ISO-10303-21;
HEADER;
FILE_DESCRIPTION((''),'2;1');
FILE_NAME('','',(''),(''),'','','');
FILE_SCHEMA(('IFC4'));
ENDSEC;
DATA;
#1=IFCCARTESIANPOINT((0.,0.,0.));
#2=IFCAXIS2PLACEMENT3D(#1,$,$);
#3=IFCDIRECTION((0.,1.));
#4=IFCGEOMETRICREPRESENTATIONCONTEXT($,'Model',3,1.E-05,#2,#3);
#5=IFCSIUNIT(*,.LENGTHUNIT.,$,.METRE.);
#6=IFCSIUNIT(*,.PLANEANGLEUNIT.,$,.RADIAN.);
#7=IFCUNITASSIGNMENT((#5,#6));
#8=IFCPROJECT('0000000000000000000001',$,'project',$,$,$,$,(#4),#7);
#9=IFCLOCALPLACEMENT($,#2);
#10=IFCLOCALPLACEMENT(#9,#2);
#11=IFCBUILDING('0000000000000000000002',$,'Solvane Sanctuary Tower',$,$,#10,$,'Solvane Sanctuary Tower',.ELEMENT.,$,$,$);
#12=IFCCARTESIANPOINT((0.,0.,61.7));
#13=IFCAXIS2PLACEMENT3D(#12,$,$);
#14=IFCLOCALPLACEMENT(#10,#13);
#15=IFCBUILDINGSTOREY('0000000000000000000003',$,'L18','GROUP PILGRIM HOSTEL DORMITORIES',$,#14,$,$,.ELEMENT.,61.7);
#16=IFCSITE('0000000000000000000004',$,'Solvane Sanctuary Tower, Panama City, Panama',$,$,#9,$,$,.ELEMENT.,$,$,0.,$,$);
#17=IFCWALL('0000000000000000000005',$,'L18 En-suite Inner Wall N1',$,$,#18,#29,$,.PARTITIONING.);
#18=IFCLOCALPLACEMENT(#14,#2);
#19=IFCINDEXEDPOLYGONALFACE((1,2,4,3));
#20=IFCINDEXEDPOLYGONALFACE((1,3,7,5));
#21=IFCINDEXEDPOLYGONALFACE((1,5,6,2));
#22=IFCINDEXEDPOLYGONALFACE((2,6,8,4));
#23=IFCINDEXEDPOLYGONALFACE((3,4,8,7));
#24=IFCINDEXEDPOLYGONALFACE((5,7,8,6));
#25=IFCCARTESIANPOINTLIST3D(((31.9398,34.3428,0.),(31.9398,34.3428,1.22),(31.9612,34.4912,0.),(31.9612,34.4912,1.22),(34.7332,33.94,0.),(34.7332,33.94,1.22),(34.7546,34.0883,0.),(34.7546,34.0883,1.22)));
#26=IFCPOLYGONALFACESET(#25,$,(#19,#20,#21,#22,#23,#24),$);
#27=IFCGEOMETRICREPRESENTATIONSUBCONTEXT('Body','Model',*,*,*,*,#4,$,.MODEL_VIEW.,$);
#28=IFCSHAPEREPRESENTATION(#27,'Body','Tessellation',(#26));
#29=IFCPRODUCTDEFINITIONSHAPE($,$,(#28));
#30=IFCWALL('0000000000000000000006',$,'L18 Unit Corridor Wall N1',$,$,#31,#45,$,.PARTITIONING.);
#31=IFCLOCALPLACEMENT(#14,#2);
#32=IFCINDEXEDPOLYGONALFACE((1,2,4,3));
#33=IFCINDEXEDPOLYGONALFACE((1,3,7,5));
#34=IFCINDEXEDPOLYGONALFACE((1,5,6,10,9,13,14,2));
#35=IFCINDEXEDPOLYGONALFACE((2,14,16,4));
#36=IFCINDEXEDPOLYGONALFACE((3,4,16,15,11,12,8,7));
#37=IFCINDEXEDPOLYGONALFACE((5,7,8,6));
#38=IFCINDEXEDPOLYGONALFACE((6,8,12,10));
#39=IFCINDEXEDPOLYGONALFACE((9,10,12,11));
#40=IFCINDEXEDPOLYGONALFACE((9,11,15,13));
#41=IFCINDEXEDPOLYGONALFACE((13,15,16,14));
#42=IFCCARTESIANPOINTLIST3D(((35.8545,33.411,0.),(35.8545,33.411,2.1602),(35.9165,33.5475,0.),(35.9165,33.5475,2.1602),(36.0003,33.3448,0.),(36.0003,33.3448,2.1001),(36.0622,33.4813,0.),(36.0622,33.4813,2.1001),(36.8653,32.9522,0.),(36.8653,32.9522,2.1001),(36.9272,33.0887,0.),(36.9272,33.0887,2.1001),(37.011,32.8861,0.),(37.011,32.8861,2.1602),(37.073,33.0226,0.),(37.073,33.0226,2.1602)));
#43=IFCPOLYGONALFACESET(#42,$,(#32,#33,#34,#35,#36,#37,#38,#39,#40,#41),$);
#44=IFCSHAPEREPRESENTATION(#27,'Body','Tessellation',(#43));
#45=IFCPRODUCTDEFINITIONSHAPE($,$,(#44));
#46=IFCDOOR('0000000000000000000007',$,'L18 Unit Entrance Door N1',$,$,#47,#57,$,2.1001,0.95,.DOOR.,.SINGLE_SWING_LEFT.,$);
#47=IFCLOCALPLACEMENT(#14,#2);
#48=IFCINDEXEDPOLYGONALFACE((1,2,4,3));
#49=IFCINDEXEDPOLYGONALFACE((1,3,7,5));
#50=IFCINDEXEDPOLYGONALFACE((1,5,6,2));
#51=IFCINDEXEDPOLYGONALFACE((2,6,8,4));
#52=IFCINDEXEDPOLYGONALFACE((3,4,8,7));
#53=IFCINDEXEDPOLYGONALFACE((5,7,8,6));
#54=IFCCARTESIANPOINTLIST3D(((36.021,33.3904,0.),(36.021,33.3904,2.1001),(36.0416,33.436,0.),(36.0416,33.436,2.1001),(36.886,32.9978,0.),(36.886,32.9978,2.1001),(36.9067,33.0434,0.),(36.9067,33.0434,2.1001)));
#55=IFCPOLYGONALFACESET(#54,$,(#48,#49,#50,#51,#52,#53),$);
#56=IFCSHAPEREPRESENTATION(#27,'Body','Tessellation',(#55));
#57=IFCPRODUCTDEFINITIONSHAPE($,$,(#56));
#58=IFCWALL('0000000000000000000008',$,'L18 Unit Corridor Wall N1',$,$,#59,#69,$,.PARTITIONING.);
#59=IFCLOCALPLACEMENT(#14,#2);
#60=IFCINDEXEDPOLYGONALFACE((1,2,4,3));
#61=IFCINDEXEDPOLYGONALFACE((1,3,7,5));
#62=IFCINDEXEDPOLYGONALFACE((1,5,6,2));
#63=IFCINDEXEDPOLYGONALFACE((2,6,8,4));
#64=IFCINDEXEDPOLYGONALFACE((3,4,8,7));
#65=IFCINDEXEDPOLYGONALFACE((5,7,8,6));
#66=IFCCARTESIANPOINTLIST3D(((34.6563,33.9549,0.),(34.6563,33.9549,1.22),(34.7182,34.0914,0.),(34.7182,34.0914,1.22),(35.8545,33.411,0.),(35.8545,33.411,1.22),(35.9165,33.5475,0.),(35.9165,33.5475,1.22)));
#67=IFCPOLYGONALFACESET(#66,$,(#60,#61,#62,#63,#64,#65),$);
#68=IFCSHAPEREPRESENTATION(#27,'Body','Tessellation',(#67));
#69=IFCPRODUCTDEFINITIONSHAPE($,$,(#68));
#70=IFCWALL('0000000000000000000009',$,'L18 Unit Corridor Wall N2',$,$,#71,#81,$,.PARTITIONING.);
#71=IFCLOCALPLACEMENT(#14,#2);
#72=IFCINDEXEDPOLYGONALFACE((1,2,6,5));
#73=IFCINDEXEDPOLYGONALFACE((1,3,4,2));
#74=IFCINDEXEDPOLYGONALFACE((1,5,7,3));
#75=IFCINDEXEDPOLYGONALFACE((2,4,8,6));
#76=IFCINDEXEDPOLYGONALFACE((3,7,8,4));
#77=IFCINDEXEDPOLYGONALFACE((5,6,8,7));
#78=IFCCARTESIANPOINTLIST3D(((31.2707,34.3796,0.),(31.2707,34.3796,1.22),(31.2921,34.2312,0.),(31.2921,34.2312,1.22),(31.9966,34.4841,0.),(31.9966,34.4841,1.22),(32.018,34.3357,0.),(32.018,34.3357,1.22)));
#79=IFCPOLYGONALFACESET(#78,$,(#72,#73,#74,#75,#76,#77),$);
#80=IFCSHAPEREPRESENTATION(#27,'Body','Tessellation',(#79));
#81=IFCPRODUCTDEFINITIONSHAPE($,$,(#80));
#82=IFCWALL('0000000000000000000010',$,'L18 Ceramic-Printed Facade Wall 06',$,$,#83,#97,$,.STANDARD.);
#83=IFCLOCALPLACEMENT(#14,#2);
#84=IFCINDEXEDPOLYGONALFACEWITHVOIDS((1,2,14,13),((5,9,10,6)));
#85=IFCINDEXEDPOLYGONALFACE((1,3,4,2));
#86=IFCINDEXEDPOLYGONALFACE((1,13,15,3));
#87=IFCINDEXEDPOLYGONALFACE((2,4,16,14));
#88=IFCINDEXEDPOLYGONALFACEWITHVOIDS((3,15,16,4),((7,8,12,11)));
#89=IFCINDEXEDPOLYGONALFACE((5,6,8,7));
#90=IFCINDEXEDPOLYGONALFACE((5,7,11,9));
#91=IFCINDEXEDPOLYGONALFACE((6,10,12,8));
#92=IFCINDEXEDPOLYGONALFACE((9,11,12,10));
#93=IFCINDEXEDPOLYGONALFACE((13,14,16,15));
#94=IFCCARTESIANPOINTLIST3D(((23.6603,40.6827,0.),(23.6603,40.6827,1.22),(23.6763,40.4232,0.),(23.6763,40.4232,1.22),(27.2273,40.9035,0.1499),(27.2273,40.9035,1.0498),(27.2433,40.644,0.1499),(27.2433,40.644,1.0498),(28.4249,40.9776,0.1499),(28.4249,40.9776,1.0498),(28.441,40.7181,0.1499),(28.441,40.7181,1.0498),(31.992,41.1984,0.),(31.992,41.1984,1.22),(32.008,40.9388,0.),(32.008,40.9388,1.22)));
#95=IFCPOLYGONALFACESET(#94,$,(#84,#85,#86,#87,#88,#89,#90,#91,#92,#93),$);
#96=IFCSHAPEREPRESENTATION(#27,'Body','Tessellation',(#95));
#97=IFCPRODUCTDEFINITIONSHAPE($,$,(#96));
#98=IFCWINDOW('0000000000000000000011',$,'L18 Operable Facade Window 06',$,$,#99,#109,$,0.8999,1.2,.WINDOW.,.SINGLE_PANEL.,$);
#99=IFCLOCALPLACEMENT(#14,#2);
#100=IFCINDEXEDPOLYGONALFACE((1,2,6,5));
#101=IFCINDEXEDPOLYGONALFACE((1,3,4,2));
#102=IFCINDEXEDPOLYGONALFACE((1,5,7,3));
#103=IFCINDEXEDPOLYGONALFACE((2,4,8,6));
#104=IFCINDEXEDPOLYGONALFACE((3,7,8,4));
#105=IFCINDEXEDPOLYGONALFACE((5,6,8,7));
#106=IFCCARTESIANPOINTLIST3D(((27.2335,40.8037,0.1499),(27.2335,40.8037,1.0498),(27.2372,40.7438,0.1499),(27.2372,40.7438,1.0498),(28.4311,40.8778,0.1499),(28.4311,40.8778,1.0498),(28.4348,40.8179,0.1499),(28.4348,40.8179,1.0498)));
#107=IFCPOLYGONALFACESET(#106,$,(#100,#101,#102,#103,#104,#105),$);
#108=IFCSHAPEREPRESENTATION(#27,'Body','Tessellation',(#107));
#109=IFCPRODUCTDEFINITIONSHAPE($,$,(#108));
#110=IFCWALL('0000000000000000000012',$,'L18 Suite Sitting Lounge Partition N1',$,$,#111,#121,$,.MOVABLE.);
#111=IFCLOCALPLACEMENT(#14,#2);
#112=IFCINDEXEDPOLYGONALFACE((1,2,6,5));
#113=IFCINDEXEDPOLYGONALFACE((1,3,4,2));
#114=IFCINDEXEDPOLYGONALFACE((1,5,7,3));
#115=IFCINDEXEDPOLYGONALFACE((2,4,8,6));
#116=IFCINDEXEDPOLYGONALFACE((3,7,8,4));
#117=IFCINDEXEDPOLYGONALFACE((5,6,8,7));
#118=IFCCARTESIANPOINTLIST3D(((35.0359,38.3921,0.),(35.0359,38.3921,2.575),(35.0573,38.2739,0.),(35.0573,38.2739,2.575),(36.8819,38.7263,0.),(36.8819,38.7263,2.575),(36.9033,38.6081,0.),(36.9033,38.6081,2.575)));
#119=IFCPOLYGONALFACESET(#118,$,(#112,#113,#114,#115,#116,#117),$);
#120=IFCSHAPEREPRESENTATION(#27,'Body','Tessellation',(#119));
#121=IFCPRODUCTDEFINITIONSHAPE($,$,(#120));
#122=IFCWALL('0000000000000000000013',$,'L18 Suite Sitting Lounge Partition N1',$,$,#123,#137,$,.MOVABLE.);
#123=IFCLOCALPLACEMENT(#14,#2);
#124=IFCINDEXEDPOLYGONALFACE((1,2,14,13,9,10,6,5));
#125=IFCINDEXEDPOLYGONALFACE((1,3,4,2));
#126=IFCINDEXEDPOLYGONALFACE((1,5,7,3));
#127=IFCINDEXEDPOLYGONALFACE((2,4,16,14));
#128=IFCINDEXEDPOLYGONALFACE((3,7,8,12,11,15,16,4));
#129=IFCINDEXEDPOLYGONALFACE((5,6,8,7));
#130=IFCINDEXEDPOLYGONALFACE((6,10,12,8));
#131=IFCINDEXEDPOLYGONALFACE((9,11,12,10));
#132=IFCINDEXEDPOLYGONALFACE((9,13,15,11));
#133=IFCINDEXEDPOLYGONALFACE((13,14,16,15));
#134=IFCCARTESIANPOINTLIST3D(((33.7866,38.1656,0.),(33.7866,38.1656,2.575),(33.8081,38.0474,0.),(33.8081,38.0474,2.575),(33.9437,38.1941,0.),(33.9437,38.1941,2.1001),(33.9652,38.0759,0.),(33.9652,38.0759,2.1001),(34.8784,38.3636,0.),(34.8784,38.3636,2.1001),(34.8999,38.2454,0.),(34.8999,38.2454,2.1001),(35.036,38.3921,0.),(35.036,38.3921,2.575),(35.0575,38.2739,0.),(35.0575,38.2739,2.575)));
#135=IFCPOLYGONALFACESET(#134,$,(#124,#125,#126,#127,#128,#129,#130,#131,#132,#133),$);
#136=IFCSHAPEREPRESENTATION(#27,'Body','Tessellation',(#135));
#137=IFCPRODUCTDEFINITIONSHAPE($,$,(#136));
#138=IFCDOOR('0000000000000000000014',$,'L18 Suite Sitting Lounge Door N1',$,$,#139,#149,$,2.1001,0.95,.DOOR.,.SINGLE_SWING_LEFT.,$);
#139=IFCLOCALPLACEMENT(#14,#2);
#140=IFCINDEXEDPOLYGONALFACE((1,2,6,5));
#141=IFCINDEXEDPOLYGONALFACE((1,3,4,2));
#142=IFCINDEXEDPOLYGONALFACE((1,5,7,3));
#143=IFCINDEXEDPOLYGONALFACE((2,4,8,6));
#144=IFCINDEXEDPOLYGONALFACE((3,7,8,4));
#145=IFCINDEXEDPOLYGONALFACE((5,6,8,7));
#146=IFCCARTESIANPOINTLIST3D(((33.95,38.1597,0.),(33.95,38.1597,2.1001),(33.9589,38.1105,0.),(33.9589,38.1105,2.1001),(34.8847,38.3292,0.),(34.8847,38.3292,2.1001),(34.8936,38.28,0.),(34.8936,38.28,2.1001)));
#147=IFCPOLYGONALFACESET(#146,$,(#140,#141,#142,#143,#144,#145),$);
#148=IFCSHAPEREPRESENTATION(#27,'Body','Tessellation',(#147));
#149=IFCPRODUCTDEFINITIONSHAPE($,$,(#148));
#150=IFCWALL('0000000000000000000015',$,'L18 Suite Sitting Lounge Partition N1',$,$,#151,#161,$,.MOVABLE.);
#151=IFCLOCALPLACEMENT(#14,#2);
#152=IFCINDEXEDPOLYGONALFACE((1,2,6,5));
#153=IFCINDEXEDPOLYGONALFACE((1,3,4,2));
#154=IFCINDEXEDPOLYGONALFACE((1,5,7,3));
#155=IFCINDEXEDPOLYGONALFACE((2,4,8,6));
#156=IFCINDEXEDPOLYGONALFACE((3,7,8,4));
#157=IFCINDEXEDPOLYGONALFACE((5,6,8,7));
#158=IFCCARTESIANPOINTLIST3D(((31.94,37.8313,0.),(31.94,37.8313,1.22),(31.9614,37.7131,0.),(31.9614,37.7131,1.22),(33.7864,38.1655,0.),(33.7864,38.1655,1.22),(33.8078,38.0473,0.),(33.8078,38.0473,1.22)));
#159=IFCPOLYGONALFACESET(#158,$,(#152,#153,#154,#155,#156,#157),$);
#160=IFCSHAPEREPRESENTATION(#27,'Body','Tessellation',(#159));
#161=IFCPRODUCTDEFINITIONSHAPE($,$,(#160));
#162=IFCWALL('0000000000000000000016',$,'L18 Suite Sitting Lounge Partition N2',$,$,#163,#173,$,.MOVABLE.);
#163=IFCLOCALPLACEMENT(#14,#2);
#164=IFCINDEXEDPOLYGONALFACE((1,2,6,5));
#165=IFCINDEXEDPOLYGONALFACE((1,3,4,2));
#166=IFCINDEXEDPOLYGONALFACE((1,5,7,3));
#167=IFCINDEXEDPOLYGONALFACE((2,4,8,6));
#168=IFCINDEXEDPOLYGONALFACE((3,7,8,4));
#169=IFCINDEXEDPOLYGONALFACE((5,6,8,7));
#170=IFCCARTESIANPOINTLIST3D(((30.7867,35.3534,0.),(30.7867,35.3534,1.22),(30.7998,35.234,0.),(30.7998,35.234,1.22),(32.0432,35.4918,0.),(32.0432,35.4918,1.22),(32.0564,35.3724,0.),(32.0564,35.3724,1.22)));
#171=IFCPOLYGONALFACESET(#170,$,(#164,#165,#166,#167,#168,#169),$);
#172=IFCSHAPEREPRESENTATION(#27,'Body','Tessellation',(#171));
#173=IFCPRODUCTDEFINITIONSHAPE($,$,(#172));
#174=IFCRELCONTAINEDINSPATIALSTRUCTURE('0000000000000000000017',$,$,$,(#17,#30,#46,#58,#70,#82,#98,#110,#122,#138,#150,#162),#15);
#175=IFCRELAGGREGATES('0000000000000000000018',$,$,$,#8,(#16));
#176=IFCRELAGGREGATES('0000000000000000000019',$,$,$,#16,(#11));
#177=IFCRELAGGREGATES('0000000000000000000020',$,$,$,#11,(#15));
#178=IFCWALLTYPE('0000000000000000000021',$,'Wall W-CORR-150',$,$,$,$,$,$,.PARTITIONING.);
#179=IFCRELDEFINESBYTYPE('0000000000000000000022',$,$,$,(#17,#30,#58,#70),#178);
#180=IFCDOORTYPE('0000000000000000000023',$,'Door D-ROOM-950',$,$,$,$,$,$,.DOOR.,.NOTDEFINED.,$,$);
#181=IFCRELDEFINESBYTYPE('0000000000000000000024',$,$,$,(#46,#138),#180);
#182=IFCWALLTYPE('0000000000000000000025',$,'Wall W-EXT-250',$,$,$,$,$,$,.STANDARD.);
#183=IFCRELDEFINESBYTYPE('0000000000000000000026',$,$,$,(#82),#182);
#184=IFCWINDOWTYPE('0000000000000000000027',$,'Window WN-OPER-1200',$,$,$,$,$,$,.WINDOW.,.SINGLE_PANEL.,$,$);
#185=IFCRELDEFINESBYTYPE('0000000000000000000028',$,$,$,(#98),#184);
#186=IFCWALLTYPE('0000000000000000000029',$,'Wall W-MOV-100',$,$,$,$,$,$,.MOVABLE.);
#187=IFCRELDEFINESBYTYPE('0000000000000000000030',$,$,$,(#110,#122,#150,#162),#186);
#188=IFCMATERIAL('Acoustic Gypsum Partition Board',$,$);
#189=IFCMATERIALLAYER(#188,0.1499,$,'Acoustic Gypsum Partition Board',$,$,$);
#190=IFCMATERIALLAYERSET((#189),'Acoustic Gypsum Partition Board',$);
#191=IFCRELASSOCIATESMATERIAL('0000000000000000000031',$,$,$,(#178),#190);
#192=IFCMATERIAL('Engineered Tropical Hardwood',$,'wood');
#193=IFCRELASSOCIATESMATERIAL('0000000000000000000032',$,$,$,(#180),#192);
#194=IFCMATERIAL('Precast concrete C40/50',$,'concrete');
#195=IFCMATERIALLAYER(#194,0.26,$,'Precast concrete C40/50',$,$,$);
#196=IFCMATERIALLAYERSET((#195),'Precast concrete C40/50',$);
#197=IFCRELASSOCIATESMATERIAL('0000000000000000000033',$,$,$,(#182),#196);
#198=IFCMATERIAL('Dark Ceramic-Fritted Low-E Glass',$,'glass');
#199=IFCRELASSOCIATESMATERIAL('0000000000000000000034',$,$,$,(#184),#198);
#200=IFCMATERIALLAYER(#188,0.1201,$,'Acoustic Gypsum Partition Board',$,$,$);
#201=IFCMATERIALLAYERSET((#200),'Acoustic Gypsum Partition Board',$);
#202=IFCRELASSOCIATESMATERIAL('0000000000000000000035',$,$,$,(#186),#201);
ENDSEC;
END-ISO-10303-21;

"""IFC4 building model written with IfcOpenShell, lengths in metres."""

from ifc_helpers import new_model, si_unit, direction, frame, frame_2d, origin, place, context, subcontext, project, spatial, rectangle, extrude, material, layer, layer_set, type_object, element, fill, save


model = new_model("IFC4")

# Units and contexts
model_context = context("Model", 3, precision=1e-05, world=origin(), true_north=direction((0.0, 1.0)))
body_context = subcontext(model_context, "Body", "Model", "MODEL_VIEW")
ifc_project = project(units=[si_unit("LENGTHUNIT", "METRE"), si_unit("PLANEANGLEUNIT", "RADIAN")], contexts=[model_context])

# Site, building, storey
site_placement = place(None, origin())
site = spatial("IfcSite", under=ifc_project, at=site_placement, Name="Solvane Sanctuary Tower, Panama City, Panama", CompositionType="ELEMENT", RefElevation=0.0)
building_placement = place(site_placement, origin())
building = spatial("IfcBuilding", under=site, at=building_placement, Name="Solvane Sanctuary Tower", LongName="Solvane Sanctuary Tower", CompositionType="ELEMENT")
storey_placement = place(building_placement, frame((0.0, 0.0, 61.7)))
storey = spatial("IfcBuildingStorey", under=building, at=storey_placement, Name="L18", Description="GROUP PILGRIM HOSTEL DORMITORIES", CompositionType="ELEMENT", Elevation=61.7)

# Wall
ifc_material_1 = material(Name="Acoustic Gypsum Partition Board")
ifc_layer_1 = layer(ifc_material_1, 0.1499, Name="Acoustic Gypsum Partition Board")
ifc_layer_set_1 = layer_set([ifc_layer_1], Name="Acoustic Gypsum Partition Board")
wall_type_1 = type_object("IfcWallType", Name="Wall W-CORR-150", PredefinedType="PARTITIONING", material=ifc_layer_set_1)
wall_1_placement = place(storey_placement, frame((34.7439, 34.0142, 0.0), z_axis=(0.0, 0.0, 1.0), x_axis=(-0.989762, 0.142729, 0.0)))
element("IfcWall", 1, at=wall_1_placement, inside=storey, type_object=wall_type_1, Name="L18 En-suite Inner Wall N1", PredefinedType="PARTITIONING", context=body_context, shape_type="SweptSolid", body=[
    extrude(rectangle(XDim=2.8223, YDim=0.1499, at=frame_2d((1.4111, 0.0))), origin(), (0.0, 0.0, 1.0), 1.22),
])

# Wall, opening, door
wall_2_placement = place(storey_placement, frame((37.042, 32.9543, 0.0), z_axis=(0.0, 0.0, 1.0), x_axis=(-0.910597, 0.413296, 0.0)))
wall_2 = element("IfcWall", 2, at=wall_2_placement, inside=storey, type_object=wall_type_1, Name="L18 Unit Corridor Wall N1", PredefinedType="PARTITIONING", context=body_context, shape_type="SweptSolid", body=[
    extrude(rectangle(XDim=1.27, YDim=0.1499, at=frame_2d((0.635, 0.0))), origin(), (0.0, 0.0, 1.0), 2.1602),
])
opening_1_placement = place(wall_2_placement, frame((0.1599, 0.0, 0.0)))
opening_1 = element("IfcOpeningElement", 3, at=opening_1_placement, cuts=wall_2, PredefinedType="OPENING", context=body_context, shape_type="SweptSolid", body=[
    extrude(rectangle(XDim=0.95, YDim=2.1001, at=frame_2d((0.4751, 1.05))), frame((0.0, 0.085, 0.0), z_axis=(0.0, -1.0, 0.0), x_axis=(1.0, 0.0, 0.0)), (0.0, 0.0, 1.0), 0.1699),
])
ifc_material_2 = material(Name="Engineered Tropical Hardwood", Category="wood")
door_type_1 = type_object("IfcDoorType", Name="Door D-ROOM-950", OperationType="NOTDEFINED", PredefinedType="DOOR", material=ifc_material_2)
door_1_placement = place(opening_1_placement, origin())
door_1 = element("IfcDoor", 4, at=door_1_placement, inside=storey, type_object=door_type_1, Name="L18 Unit Entrance Door N1", OperationType="SINGLE_SWING_LEFT", OverallHeight=2.1001, OverallWidth=0.95, PredefinedType="DOOR", context=body_context, shape_type="SweptSolid", body=[
    extrude(rectangle(XDim=0.95, YDim=2.1001, at=frame_2d((0.4751, 1.05))), frame((0.0, 0.0249, 0.0), z_axis=(0.0, -1.0, 0.0), x_axis=(1.0, 0.0, 0.0)), (0.0, 0.0, 1.0), 0.05),
])
fill(opening_1, door_1)

# Walls
wall_3_placement = place(storey_placement, frame((35.8855, 33.4792, 0.0), z_axis=(0.0, 0.0, 1.0), x_axis=(-0.91057, 0.413356, 0.0)))
element("IfcWall", 5, at=wall_3_placement, inside=storey, type_object=wall_type_1, Name="L18 Unit Corridor Wall N1", PredefinedType="PARTITIONING", context=body_context, shape_type="SweptSolid", body=[
    extrude(rectangle(XDim=1.3159, YDim=0.1499, at=frame_2d((0.658, 0.0))), origin(), (0.0, 0.0, 1.0), 1.22),
])
wall_4_placement = place(storey_placement, frame((32.0073, 34.4099, 0.0), z_axis=(0.0, 0.0, 1.0), x_axis=(-0.989796, -0.142493, 0.0)))
element("IfcWall", 6, at=wall_4_placement, inside=storey, type_object=wall_type_1, Name="L18 Unit Corridor Wall N2", PredefinedType="PARTITIONING", context=body_context, shape_type="SweptSolid", body=[
    extrude(rectangle(XDim=0.7334, YDim=0.1499, at=frame_2d((0.3667, 0.0))), origin(), (0.0, 0.0, 1.0), 1.22),
])

# Wall, opening, window
ifc_material_3 = material(Name="Precast concrete C40/50", Category="concrete")
ifc_layer_2 = layer(ifc_material_3, 0.26, Name="Precast concrete C40/50")
ifc_layer_set_2 = layer_set([ifc_layer_2], Name="Precast concrete C40/50")
wall_type_2 = type_object("IfcWallType", Name="Wall W-EXT-250", PredefinedType="STANDARD", material=ifc_layer_set_2)
wall_5_placement = place(storey_placement, frame((32.0, 41.0686, 0.0), z_axis=(0.0, 0.0, 1.0), x_axis=(-0.998091, -0.061768, 0.0)))
wall_5 = element("IfcWall", 7, at=wall_5_placement, inside=storey, type_object=wall_type_2, Name="L18 Ceramic-Printed Facade Wall 06", PredefinedType="STANDARD", context=body_context, shape_type="SweptSolid", body=[
    extrude(rectangle(XDim=8.3477, YDim=0.26, at=frame_2d((4.1738, 0.0))), origin(), (0.0, 0.0, 1.0), 1.22),
])
opening_2_placement = place(wall_5_placement, frame((3.5737, 0.0, 0.1499)))
opening_2 = element("IfcOpeningElement", 8, at=opening_2_placement, cuts=wall_5, PredefinedType="OPENING", context=body_context, shape_type="SweptSolid", body=[
    extrude(rectangle(XDim=1.2, YDim=0.8999, at=frame_2d((0.6001, 0.45))), frame((0.0, 0.1399, 0.0), z_axis=(0.0, -1.0, 0.0), x_axis=(1.0, 0.0, 0.0)), (0.0, 0.0, 1.0), 0.28),
])
ifc_material_4 = material(Name="Dark Ceramic-Fritted Low-E Glass", Category="glass")
window_type = type_object("IfcWindowType", Name="Window WN-OPER-1200", PartitioningType="SINGLE_PANEL", PredefinedType="WINDOW", material=ifc_material_4)
window_placement = place(opening_2_placement, origin())
window = element("IfcWindow", 9, at=window_placement, inside=storey, type_object=window_type, Name="L18 Operable Facade Window 06", OverallHeight=0.8999, OverallWidth=1.2, PartitioningType="SINGLE_PANEL", PredefinedType="WINDOW", context=body_context, shape_type="SweptSolid", body=[
    extrude(rectangle(XDim=1.2, YDim=0.8999, at=frame_2d((0.6001, 0.45))), frame((0.0, 0.03, 0.0), z_axis=(0.0, -1.0, 0.0), x_axis=(1.0, 0.0, 0.0)), (0.0, 0.0, 1.0), 0.0601),
])
fill(opening_2, window)

# Wall
ifc_layer_3 = layer(ifc_material_1, 0.1201, Name="Acoustic Gypsum Partition Board")
ifc_layer_set_3 = layer_set([ifc_layer_3], Name="Acoustic Gypsum Partition Board")
wall_type_3 = type_object("IfcWallType", Name="Wall W-MOV-100", PredefinedType="MOVABLE", material=ifc_layer_set_3)
wall_6_placement = place(storey_placement, frame((36.8926, 38.6672, 0.0), z_axis=(0.0, 0.0, 1.0), x_axis=(-0.984001, -0.178164, 0.0)))
element("IfcWall", 10, at=wall_6_placement, inside=storey, type_object=wall_type_3, Name="L18 Suite Sitting Lounge Partition N1", PredefinedType="MOVABLE", context=body_context, shape_type="SweptSolid", body=[
    extrude(rectangle(XDim=1.876, YDim=0.1201, at=frame_2d((0.938, 0.0))), origin(), (0.0, 0.0, 1.0), 2.575),
])

# Wall, opening, door
wall_7_placement = place(storey_placement, frame((35.0466, 38.333, 0.0), z_axis=(0.0, 0.0, 1.0), x_axis=(-0.983956, -0.178412, 0.0)))
wall_7 = element("IfcWall", 11, at=wall_7_placement, inside=storey, type_object=wall_type_3, Name="L18 Suite Sitting Lounge Partition N1", PredefinedType="MOVABLE", context=body_context, shape_type="SweptSolid", body=[
    extrude(rectangle(XDim=1.2698, YDim=0.1201, at=frame_2d((0.6348, 0.0))), origin(), (0.0, 0.0, 1.0), 2.575),
])
opening_3_placement = place(wall_7_placement, frame((0.1599, 0.0, 0.0)))
opening_3 = element("IfcOpeningElement", 12, at=opening_3_placement, cuts=wall_7, PredefinedType="OPENING", context=body_context, shape_type="SweptSolid", body=[
    extrude(rectangle(XDim=0.95, YDim=2.1001, at=frame_2d((0.4751, 1.05))), frame((0.0, 0.0701, 0.0), z_axis=(0.0, -1.0, 0.0), x_axis=(1.0, 0.0, 0.0)), (0.0, 0.0, 1.0), 0.1401),
])
door_2_placement = place(opening_3_placement, origin())
door_2 = element("IfcDoor", 13, at=door_2_placement, inside=storey, type_object=door_type_1, Name="L18 Suite Sitting Lounge Door N1", OperationType="SINGLE_SWING_LEFT", OverallHeight=2.1001, OverallWidth=0.95, PredefinedType="DOOR", context=body_context, shape_type="SweptSolid", body=[
    extrude(rectangle(XDim=0.95, YDim=2.1001, at=frame_2d((0.4751, 1.05))), frame((0.0, 0.0249, 0.0), z_axis=(0.0, -1.0, 0.0), x_axis=(1.0, 0.0, 0.0)), (0.0, 0.0, 1.0), 0.05),
])
fill(opening_3, door_2)

# Walls
wall_8_placement = place(storey_placement, frame((33.7971, 38.1064, 0.0), z_axis=(0.0, 0.0, 1.0), x_axis=(-0.984009, -0.178118, 0.0)))
element("IfcWall", 14, at=wall_8_placement, inside=storey, type_object=wall_type_3, Name="L18 Suite Sitting Lounge Partition N1", PredefinedType="MOVABLE", context=body_context, shape_type="SweptSolid", body=[
    extrude(rectangle(XDim=1.8765, YDim=0.1201, at=frame_2d((0.9382, 0.0))), origin(), (0.0, 0.0, 1.0), 1.22),
])
wall_9_placement = place(storey_placement, frame((32.0498, 35.4321, 0.0), z_axis=(0.0, 0.0, 1.0), x_axis=(-0.993987, -0.109499, 0.0)))
element("IfcWall", 15, at=wall_9_placement, inside=storey, type_object=wall_type_3, Name="L18 Suite Sitting Lounge Partition N2", PredefinedType="MOVABLE", context=body_context, shape_type="SweptSolid", body=[
    extrude(rectangle(XDim=1.2642, YDim=0.1201, at=frame_2d((0.6321, 0.0))), origin(), (0.0, 0.0, 1.0), 1.22),
])

save(model, "model.ifc")
